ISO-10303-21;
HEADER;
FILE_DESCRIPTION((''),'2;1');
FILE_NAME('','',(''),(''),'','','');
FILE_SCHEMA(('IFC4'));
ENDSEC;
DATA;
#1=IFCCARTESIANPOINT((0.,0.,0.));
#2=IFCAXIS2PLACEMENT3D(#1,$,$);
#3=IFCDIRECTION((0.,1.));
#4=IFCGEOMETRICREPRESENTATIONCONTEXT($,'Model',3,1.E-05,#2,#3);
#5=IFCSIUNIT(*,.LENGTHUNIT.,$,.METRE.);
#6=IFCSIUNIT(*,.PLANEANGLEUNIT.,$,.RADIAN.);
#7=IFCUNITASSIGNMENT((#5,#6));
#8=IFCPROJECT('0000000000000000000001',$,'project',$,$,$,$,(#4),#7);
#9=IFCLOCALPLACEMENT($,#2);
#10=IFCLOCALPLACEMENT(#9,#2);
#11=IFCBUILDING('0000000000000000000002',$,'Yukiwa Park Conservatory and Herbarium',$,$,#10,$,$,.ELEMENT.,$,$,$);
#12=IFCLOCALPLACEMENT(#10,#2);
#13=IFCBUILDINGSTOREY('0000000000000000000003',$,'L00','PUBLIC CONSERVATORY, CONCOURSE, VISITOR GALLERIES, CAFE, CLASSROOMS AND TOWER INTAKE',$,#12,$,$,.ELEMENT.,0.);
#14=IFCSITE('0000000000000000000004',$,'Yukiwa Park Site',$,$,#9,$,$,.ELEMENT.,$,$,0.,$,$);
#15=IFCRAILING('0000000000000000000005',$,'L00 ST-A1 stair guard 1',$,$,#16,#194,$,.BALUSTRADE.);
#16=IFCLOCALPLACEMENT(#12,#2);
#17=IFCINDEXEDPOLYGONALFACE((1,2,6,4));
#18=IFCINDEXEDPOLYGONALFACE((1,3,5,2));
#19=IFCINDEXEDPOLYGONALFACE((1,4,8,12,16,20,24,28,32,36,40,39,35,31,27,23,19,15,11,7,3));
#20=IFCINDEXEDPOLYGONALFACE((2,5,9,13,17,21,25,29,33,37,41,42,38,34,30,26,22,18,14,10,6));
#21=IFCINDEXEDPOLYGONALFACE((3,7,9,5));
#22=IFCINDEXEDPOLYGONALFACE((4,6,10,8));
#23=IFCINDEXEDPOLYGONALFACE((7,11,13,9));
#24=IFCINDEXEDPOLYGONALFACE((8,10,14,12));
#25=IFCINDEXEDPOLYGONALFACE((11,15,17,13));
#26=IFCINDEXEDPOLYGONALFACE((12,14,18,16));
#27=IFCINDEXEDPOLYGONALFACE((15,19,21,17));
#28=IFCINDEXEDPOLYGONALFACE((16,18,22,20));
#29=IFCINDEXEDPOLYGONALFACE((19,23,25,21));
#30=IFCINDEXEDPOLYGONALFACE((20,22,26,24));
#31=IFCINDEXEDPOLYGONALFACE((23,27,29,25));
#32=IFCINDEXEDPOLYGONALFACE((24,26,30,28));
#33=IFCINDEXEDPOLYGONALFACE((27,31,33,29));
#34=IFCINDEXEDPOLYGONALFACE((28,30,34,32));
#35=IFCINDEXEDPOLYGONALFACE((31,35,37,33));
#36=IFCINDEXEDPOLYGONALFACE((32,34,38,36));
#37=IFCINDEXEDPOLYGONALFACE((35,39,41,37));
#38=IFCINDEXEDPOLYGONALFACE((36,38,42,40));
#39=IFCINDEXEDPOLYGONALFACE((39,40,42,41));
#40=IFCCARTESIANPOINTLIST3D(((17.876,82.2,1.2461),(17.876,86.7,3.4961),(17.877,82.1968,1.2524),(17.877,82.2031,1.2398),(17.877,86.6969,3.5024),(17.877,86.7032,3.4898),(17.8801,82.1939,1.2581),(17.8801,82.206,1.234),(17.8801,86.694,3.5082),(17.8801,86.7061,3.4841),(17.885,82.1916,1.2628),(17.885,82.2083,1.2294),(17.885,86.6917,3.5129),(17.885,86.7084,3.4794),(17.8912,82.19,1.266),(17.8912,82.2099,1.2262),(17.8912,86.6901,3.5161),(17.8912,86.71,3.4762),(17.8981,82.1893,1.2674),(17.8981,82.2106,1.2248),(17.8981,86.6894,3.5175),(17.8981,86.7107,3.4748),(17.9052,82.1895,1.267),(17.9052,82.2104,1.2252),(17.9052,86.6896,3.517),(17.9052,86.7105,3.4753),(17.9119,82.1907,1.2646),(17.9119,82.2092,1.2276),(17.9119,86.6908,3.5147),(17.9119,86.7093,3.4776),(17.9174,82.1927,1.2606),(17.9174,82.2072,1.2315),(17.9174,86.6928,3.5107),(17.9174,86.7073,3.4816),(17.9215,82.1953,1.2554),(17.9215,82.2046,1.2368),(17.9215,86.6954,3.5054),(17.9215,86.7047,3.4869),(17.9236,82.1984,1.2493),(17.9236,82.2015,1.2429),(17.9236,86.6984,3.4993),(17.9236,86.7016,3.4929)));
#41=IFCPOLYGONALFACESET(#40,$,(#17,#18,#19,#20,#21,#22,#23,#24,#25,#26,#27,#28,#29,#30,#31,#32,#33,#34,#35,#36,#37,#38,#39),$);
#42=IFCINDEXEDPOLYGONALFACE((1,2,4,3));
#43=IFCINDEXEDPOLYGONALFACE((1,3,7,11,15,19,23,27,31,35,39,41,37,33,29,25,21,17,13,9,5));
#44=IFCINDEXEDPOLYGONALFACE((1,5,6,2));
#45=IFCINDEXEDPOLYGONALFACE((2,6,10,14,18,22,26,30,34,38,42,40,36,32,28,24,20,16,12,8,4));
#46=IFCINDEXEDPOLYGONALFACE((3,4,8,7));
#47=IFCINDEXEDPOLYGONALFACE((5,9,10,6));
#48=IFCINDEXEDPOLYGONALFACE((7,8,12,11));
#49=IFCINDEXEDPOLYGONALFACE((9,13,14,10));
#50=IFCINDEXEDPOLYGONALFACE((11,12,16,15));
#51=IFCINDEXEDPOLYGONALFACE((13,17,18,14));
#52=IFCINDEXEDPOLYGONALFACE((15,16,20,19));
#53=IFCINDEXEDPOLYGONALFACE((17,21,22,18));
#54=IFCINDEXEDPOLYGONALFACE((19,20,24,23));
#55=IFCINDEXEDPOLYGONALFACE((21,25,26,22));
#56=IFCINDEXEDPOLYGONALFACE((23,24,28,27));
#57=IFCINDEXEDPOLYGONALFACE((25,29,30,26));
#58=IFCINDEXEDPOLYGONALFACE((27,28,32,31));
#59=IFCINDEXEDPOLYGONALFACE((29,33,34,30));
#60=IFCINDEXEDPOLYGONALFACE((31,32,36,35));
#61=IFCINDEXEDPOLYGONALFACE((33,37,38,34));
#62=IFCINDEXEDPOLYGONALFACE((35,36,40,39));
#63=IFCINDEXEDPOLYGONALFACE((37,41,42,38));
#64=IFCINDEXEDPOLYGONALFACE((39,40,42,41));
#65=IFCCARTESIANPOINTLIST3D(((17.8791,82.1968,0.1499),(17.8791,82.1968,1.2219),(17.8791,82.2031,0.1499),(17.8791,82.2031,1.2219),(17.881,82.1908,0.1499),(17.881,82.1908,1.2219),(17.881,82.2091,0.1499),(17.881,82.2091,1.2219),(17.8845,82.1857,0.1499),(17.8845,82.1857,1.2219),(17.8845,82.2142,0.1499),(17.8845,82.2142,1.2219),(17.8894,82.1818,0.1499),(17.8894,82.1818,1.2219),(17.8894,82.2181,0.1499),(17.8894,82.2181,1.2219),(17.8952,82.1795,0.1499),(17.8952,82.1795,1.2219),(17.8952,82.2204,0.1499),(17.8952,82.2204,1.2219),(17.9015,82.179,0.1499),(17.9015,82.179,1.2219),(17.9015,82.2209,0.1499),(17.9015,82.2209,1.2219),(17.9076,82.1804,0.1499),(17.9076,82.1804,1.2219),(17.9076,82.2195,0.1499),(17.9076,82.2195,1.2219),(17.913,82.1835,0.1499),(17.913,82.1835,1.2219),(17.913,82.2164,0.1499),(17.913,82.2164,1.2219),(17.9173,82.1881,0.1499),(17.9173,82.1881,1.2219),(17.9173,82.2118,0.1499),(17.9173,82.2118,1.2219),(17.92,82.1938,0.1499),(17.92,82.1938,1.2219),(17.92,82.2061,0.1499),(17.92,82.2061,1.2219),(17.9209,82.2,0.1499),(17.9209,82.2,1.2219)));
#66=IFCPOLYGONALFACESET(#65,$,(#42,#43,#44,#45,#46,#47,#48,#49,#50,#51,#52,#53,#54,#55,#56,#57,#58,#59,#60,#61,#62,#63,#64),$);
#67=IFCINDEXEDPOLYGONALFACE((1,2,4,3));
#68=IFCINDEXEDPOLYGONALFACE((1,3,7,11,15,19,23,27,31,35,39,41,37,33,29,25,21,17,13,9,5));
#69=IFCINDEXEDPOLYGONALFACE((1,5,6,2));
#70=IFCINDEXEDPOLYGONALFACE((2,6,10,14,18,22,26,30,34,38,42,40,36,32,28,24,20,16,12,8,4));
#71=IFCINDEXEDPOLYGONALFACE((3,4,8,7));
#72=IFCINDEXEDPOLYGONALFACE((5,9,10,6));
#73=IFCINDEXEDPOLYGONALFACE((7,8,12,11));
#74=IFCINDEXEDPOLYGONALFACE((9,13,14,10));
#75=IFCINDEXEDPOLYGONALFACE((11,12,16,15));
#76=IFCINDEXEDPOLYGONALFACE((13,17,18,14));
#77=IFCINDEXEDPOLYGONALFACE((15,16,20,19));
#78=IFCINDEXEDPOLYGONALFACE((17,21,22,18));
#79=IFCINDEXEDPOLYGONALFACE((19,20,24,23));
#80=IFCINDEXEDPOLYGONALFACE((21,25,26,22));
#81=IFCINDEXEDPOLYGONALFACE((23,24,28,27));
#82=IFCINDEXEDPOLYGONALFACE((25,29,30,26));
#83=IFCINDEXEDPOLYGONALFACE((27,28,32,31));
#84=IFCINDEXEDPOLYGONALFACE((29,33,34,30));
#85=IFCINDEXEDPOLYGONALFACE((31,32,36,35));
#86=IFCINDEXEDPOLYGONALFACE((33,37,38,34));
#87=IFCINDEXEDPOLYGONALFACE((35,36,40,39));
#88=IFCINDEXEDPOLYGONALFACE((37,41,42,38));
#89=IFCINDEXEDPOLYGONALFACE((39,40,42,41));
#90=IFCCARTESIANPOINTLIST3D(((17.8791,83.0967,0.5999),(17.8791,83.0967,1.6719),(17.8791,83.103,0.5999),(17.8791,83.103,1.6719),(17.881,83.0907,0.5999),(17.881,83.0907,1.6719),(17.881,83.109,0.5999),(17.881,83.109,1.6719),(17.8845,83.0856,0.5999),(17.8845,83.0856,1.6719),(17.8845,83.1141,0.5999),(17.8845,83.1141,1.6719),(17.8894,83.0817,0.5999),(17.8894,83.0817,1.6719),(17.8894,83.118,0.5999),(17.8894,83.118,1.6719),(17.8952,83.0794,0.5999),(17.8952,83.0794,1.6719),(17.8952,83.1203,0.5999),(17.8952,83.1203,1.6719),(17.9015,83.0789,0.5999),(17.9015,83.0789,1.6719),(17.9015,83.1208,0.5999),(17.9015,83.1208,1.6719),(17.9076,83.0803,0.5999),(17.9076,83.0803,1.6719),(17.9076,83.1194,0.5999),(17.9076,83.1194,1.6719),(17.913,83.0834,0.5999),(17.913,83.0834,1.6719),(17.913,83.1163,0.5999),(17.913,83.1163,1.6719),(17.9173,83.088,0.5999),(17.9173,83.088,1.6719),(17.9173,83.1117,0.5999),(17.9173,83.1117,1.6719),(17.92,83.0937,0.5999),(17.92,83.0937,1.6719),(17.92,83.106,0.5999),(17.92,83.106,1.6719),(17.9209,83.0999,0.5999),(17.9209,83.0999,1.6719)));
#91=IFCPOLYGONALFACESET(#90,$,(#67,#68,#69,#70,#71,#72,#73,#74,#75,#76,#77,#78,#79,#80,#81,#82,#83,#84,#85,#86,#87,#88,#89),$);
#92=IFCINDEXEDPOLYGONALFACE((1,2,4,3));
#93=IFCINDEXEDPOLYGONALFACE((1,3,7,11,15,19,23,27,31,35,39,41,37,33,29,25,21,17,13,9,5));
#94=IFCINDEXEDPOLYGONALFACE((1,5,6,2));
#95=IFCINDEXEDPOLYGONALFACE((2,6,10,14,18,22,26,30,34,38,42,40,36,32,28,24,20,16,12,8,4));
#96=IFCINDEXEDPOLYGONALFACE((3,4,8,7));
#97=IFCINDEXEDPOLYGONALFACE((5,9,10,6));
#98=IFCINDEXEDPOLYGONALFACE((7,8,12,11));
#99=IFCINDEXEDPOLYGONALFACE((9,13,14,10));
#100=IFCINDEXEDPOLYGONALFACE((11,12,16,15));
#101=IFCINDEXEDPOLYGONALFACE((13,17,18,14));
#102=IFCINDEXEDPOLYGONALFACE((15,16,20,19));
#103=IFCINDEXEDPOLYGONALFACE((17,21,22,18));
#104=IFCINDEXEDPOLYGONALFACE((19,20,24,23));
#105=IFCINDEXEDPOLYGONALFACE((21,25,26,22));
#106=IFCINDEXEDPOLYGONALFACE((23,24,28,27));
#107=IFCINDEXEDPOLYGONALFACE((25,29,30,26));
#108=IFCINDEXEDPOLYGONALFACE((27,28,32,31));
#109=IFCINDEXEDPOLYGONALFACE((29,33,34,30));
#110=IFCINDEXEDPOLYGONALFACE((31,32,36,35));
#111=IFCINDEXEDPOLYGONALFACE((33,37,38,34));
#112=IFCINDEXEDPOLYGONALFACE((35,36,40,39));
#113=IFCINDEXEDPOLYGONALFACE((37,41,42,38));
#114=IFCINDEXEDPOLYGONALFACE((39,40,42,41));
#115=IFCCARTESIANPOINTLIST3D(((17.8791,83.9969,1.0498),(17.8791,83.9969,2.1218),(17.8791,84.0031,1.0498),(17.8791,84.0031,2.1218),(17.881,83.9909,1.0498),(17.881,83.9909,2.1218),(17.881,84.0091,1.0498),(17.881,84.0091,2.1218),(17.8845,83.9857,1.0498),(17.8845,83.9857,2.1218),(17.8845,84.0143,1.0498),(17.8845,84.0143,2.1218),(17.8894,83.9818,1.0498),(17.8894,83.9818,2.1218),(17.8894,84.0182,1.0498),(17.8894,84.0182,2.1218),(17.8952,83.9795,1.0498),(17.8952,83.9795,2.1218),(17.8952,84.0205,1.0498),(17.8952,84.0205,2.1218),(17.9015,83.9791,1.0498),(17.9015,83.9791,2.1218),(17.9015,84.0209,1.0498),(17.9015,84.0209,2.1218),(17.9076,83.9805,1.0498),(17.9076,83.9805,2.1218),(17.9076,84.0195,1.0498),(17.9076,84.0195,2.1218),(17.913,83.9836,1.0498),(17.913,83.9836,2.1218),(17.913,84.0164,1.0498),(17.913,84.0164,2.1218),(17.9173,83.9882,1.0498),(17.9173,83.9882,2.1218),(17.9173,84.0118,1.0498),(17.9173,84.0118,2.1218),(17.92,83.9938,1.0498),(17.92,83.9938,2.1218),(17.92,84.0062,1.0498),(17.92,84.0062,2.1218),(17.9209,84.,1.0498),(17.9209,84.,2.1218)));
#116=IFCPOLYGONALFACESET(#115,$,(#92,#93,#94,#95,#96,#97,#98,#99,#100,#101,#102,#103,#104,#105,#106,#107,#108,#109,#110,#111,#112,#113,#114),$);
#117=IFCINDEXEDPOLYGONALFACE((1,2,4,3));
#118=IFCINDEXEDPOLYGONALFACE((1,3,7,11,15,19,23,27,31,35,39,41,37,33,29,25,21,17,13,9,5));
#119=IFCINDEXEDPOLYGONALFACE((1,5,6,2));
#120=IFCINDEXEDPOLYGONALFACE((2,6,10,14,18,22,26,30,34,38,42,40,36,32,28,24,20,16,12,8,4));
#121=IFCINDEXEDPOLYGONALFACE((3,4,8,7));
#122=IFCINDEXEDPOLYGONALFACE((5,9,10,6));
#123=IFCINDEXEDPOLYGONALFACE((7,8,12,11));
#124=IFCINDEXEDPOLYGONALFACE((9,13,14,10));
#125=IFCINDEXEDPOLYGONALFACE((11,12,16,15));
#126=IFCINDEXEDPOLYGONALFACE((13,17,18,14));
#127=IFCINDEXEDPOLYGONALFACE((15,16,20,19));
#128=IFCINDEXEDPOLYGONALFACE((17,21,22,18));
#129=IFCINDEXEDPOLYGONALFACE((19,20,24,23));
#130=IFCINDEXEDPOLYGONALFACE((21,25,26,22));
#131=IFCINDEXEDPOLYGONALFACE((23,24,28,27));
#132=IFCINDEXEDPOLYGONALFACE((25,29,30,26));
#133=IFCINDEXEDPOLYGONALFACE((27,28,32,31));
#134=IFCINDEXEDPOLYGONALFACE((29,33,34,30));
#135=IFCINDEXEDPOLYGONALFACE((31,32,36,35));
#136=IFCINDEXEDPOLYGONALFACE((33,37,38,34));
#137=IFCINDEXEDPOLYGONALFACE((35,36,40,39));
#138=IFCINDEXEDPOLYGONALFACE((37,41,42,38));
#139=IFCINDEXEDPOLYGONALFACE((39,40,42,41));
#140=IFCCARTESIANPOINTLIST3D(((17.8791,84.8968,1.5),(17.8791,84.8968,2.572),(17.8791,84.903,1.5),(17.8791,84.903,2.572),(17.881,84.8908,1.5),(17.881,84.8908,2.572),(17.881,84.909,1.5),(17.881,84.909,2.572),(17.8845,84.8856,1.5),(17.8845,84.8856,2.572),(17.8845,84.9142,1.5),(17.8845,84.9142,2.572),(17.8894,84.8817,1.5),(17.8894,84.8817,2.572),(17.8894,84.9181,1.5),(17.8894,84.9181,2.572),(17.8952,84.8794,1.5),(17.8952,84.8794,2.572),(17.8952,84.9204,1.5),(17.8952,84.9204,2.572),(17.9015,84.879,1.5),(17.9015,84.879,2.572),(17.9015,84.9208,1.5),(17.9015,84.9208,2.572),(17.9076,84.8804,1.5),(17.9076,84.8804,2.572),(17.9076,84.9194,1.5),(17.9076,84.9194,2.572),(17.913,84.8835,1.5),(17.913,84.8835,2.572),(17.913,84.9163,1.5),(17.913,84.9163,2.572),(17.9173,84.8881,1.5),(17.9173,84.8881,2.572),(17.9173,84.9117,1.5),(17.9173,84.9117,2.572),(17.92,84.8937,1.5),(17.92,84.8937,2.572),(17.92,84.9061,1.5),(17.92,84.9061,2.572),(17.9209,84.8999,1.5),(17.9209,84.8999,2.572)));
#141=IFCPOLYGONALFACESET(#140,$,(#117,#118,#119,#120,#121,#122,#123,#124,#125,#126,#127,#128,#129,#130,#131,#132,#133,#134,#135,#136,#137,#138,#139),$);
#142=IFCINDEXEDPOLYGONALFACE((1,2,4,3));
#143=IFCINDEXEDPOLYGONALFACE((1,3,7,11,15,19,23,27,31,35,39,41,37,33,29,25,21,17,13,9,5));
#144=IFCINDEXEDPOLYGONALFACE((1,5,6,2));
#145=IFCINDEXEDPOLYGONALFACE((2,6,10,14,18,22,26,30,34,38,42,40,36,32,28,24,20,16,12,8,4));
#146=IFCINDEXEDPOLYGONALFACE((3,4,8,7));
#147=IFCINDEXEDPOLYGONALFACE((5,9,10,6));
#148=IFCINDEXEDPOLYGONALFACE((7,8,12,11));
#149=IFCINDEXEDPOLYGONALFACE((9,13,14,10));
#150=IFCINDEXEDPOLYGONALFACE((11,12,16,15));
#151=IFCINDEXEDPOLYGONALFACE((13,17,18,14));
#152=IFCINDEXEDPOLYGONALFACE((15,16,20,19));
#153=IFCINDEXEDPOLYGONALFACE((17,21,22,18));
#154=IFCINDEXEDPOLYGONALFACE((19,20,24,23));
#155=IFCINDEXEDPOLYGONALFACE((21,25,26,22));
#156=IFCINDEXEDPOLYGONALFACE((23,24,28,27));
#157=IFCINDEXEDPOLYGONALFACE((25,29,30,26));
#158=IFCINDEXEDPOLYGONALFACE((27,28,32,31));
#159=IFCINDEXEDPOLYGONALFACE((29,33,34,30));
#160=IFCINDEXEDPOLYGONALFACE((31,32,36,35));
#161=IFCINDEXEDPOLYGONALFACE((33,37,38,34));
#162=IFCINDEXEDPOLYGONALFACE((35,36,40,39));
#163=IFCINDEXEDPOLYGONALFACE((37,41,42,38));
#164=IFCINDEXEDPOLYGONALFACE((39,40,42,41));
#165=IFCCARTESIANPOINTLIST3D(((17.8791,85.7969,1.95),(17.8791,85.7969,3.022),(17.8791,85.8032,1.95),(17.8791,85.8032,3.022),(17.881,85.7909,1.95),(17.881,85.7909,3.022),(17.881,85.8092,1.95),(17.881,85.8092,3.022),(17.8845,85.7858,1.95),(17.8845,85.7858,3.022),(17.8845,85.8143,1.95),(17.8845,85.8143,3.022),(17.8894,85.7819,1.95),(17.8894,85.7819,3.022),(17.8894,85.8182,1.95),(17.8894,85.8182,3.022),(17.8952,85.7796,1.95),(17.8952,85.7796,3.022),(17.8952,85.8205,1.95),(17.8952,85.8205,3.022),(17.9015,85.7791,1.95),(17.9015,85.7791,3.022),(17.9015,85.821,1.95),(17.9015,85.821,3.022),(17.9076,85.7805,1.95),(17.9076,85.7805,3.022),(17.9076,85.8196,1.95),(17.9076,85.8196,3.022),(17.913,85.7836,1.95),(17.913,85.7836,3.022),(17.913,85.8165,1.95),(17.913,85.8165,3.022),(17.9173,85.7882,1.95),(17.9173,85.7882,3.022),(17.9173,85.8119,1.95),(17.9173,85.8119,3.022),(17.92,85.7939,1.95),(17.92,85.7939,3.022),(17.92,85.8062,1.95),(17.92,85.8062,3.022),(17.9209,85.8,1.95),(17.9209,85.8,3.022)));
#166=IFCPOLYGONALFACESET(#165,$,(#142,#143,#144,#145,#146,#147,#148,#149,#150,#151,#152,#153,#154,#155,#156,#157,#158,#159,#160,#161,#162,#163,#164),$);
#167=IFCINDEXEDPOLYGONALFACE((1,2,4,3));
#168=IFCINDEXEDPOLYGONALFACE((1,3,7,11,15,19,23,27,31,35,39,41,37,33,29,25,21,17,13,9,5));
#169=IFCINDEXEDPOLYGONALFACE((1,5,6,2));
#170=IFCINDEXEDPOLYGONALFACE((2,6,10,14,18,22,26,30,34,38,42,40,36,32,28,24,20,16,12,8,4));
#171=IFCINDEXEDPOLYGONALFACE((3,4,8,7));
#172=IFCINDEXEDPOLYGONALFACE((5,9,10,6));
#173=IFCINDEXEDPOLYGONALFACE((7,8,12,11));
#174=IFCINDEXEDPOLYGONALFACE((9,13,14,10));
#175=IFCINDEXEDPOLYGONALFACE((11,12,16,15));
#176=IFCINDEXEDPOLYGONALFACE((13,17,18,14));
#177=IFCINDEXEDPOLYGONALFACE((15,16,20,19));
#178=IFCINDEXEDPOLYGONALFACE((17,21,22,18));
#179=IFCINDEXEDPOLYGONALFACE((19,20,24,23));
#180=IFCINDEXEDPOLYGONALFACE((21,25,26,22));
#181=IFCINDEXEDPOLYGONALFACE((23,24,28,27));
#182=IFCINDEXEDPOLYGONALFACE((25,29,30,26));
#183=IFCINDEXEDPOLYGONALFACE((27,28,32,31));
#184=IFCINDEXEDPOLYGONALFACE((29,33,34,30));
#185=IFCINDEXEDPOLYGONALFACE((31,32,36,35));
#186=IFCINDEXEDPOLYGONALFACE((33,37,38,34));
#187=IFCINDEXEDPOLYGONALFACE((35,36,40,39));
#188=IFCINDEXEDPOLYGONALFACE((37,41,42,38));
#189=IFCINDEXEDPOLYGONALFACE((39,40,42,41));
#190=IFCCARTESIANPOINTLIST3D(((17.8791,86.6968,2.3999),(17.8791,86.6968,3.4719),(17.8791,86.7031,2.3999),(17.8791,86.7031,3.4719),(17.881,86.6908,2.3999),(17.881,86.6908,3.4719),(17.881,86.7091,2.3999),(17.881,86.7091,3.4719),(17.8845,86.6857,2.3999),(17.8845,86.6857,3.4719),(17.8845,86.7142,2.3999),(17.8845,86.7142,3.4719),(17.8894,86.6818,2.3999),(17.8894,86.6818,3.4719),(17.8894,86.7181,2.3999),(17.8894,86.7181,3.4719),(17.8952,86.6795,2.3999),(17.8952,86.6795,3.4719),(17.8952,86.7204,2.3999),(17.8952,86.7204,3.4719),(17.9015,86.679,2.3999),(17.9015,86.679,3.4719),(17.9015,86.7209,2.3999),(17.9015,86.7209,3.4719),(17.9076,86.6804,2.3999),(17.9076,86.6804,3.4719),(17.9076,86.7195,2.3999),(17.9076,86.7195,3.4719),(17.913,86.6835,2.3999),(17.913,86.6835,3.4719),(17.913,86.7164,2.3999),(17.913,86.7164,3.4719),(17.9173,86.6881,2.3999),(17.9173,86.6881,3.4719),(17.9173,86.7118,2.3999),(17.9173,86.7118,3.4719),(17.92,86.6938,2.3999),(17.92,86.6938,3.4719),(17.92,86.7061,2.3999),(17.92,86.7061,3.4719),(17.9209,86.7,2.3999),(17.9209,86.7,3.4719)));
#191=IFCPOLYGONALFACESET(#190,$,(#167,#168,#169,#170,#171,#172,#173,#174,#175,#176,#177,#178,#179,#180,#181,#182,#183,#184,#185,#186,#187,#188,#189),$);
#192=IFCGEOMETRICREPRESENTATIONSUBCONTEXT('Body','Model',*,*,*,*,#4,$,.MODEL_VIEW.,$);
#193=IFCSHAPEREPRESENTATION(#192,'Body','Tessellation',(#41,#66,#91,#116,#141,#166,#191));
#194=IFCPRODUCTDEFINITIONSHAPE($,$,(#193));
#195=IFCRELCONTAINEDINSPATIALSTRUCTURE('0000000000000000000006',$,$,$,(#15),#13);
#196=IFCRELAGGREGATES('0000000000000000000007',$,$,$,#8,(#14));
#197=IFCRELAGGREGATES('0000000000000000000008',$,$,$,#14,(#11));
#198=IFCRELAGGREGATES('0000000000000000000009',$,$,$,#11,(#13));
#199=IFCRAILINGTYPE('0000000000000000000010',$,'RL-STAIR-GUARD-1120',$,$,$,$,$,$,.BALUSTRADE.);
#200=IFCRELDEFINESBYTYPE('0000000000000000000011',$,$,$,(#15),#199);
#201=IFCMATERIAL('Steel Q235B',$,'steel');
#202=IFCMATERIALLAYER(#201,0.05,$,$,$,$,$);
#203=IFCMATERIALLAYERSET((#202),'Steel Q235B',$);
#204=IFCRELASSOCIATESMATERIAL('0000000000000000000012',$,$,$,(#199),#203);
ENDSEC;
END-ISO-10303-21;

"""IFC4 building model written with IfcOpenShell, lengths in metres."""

from ifc_helpers import new_model, si_unit, direction, frame, origin, origin_2d, place, context, subcontext, project, spatial, circle, extrude, material, layer, layer_set, type_object, element, save


model = new_model("IFC4")

# Units and contexts
model_context = context("Model", 3, precision=1e-05, world=origin(), true_north=direction((0.0, 1.0)))
body_context = subcontext(model_context, "Body", "Model", "MODEL_VIEW")
ifc_project = project(units=[si_unit("LENGTHUNIT", "METRE"), si_unit("PLANEANGLEUNIT", "RADIAN")], contexts=[model_context])

# Site, building, storey
site_placement = place(None, origin())
site = spatial("IfcSite", under=ifc_project, at=site_placement, Name="Yukiwa Park Site", CompositionType="ELEMENT", RefElevation=0.0)
building_placement = place(site_placement, origin())
building = spatial("IfcBuilding", under=site, at=building_placement, Name="Yukiwa Park Conservatory and Herbarium", CompositionType="ELEMENT")
storey_placement = place(building_placement, origin())
storey = spatial("IfcBuildingStorey", under=building, at=storey_placement, Name="L00", Description="PUBLIC CONSERVATORY, CONCOURSE, VISITOR GALLERIES, CAFE, CLASSROOMS AND TOWER INTAKE", CompositionType="ELEMENT", Elevation=0.0)

# Railing
ifc_material_1 = material(Name="Steel Q235B", Category="steel")
ifc_layer_1 = layer(ifc_material_1, 0.05)
ifc_layer_set_1 = layer_set([ifc_layer_1], Name="Steel Q235B")
railing_type_1 = type_object("IfcRailingType", Name="RL-STAIR-GUARD-1120", PredefinedType="BALUSTRADE", material=ifc_layer_set_1)
railing_1_placement = place(storey_placement, frame((17.8999, 82.2, 0.1499)))
element("IfcRailing", 1, at=railing_1_placement, inside=storey, type_object=railing_type_1, Name="L00 ST-A1 stair guard 1", PredefinedType="BALUSTRADE", context=body_context, shape_type="SweptSolid", body=[
    extrude(circle(Radius=0.0239, at=origin_2d()), frame((0.0, 0.0, 1.0962), z_axis=(0.0, 0.894427, 0.447214), x_axis=(-1.0, 0.0, 0.0)), (0.0, 0.0, 1.0), 5.0312),
    extrude(circle(Radius=0.021, at=origin_2d()), origin(), (0.0, 0.0, 1.0), 1.072),
    extrude(circle(Radius=0.021, at=origin_2d()), frame((0.0, 0.8999, 0.45)), (0.0, 0.0, 1.0), 1.072),
    extrude(circle(Radius=0.021, at=origin_2d()), frame((0.0, 1.8, 0.8999)), (0.0, 0.0, 1.0), 1.072),
    extrude(circle(Radius=0.021, at=origin_2d()), frame((0.0, 2.7, 1.3501)), (0.0, 0.0, 1.0), 1.072),
    extrude(circle(Radius=0.021, at=origin_2d()), frame((0.0, 3.6001, 1.8)), (0.0, 0.0, 1.0), 1.072),
    extrude(circle(Radius=0.021, at=origin_2d()), frame((0.0, 4.5, 2.25)), (0.0, 0.0, 1.0), 1.072),
])

save(model, "model.ifc")
